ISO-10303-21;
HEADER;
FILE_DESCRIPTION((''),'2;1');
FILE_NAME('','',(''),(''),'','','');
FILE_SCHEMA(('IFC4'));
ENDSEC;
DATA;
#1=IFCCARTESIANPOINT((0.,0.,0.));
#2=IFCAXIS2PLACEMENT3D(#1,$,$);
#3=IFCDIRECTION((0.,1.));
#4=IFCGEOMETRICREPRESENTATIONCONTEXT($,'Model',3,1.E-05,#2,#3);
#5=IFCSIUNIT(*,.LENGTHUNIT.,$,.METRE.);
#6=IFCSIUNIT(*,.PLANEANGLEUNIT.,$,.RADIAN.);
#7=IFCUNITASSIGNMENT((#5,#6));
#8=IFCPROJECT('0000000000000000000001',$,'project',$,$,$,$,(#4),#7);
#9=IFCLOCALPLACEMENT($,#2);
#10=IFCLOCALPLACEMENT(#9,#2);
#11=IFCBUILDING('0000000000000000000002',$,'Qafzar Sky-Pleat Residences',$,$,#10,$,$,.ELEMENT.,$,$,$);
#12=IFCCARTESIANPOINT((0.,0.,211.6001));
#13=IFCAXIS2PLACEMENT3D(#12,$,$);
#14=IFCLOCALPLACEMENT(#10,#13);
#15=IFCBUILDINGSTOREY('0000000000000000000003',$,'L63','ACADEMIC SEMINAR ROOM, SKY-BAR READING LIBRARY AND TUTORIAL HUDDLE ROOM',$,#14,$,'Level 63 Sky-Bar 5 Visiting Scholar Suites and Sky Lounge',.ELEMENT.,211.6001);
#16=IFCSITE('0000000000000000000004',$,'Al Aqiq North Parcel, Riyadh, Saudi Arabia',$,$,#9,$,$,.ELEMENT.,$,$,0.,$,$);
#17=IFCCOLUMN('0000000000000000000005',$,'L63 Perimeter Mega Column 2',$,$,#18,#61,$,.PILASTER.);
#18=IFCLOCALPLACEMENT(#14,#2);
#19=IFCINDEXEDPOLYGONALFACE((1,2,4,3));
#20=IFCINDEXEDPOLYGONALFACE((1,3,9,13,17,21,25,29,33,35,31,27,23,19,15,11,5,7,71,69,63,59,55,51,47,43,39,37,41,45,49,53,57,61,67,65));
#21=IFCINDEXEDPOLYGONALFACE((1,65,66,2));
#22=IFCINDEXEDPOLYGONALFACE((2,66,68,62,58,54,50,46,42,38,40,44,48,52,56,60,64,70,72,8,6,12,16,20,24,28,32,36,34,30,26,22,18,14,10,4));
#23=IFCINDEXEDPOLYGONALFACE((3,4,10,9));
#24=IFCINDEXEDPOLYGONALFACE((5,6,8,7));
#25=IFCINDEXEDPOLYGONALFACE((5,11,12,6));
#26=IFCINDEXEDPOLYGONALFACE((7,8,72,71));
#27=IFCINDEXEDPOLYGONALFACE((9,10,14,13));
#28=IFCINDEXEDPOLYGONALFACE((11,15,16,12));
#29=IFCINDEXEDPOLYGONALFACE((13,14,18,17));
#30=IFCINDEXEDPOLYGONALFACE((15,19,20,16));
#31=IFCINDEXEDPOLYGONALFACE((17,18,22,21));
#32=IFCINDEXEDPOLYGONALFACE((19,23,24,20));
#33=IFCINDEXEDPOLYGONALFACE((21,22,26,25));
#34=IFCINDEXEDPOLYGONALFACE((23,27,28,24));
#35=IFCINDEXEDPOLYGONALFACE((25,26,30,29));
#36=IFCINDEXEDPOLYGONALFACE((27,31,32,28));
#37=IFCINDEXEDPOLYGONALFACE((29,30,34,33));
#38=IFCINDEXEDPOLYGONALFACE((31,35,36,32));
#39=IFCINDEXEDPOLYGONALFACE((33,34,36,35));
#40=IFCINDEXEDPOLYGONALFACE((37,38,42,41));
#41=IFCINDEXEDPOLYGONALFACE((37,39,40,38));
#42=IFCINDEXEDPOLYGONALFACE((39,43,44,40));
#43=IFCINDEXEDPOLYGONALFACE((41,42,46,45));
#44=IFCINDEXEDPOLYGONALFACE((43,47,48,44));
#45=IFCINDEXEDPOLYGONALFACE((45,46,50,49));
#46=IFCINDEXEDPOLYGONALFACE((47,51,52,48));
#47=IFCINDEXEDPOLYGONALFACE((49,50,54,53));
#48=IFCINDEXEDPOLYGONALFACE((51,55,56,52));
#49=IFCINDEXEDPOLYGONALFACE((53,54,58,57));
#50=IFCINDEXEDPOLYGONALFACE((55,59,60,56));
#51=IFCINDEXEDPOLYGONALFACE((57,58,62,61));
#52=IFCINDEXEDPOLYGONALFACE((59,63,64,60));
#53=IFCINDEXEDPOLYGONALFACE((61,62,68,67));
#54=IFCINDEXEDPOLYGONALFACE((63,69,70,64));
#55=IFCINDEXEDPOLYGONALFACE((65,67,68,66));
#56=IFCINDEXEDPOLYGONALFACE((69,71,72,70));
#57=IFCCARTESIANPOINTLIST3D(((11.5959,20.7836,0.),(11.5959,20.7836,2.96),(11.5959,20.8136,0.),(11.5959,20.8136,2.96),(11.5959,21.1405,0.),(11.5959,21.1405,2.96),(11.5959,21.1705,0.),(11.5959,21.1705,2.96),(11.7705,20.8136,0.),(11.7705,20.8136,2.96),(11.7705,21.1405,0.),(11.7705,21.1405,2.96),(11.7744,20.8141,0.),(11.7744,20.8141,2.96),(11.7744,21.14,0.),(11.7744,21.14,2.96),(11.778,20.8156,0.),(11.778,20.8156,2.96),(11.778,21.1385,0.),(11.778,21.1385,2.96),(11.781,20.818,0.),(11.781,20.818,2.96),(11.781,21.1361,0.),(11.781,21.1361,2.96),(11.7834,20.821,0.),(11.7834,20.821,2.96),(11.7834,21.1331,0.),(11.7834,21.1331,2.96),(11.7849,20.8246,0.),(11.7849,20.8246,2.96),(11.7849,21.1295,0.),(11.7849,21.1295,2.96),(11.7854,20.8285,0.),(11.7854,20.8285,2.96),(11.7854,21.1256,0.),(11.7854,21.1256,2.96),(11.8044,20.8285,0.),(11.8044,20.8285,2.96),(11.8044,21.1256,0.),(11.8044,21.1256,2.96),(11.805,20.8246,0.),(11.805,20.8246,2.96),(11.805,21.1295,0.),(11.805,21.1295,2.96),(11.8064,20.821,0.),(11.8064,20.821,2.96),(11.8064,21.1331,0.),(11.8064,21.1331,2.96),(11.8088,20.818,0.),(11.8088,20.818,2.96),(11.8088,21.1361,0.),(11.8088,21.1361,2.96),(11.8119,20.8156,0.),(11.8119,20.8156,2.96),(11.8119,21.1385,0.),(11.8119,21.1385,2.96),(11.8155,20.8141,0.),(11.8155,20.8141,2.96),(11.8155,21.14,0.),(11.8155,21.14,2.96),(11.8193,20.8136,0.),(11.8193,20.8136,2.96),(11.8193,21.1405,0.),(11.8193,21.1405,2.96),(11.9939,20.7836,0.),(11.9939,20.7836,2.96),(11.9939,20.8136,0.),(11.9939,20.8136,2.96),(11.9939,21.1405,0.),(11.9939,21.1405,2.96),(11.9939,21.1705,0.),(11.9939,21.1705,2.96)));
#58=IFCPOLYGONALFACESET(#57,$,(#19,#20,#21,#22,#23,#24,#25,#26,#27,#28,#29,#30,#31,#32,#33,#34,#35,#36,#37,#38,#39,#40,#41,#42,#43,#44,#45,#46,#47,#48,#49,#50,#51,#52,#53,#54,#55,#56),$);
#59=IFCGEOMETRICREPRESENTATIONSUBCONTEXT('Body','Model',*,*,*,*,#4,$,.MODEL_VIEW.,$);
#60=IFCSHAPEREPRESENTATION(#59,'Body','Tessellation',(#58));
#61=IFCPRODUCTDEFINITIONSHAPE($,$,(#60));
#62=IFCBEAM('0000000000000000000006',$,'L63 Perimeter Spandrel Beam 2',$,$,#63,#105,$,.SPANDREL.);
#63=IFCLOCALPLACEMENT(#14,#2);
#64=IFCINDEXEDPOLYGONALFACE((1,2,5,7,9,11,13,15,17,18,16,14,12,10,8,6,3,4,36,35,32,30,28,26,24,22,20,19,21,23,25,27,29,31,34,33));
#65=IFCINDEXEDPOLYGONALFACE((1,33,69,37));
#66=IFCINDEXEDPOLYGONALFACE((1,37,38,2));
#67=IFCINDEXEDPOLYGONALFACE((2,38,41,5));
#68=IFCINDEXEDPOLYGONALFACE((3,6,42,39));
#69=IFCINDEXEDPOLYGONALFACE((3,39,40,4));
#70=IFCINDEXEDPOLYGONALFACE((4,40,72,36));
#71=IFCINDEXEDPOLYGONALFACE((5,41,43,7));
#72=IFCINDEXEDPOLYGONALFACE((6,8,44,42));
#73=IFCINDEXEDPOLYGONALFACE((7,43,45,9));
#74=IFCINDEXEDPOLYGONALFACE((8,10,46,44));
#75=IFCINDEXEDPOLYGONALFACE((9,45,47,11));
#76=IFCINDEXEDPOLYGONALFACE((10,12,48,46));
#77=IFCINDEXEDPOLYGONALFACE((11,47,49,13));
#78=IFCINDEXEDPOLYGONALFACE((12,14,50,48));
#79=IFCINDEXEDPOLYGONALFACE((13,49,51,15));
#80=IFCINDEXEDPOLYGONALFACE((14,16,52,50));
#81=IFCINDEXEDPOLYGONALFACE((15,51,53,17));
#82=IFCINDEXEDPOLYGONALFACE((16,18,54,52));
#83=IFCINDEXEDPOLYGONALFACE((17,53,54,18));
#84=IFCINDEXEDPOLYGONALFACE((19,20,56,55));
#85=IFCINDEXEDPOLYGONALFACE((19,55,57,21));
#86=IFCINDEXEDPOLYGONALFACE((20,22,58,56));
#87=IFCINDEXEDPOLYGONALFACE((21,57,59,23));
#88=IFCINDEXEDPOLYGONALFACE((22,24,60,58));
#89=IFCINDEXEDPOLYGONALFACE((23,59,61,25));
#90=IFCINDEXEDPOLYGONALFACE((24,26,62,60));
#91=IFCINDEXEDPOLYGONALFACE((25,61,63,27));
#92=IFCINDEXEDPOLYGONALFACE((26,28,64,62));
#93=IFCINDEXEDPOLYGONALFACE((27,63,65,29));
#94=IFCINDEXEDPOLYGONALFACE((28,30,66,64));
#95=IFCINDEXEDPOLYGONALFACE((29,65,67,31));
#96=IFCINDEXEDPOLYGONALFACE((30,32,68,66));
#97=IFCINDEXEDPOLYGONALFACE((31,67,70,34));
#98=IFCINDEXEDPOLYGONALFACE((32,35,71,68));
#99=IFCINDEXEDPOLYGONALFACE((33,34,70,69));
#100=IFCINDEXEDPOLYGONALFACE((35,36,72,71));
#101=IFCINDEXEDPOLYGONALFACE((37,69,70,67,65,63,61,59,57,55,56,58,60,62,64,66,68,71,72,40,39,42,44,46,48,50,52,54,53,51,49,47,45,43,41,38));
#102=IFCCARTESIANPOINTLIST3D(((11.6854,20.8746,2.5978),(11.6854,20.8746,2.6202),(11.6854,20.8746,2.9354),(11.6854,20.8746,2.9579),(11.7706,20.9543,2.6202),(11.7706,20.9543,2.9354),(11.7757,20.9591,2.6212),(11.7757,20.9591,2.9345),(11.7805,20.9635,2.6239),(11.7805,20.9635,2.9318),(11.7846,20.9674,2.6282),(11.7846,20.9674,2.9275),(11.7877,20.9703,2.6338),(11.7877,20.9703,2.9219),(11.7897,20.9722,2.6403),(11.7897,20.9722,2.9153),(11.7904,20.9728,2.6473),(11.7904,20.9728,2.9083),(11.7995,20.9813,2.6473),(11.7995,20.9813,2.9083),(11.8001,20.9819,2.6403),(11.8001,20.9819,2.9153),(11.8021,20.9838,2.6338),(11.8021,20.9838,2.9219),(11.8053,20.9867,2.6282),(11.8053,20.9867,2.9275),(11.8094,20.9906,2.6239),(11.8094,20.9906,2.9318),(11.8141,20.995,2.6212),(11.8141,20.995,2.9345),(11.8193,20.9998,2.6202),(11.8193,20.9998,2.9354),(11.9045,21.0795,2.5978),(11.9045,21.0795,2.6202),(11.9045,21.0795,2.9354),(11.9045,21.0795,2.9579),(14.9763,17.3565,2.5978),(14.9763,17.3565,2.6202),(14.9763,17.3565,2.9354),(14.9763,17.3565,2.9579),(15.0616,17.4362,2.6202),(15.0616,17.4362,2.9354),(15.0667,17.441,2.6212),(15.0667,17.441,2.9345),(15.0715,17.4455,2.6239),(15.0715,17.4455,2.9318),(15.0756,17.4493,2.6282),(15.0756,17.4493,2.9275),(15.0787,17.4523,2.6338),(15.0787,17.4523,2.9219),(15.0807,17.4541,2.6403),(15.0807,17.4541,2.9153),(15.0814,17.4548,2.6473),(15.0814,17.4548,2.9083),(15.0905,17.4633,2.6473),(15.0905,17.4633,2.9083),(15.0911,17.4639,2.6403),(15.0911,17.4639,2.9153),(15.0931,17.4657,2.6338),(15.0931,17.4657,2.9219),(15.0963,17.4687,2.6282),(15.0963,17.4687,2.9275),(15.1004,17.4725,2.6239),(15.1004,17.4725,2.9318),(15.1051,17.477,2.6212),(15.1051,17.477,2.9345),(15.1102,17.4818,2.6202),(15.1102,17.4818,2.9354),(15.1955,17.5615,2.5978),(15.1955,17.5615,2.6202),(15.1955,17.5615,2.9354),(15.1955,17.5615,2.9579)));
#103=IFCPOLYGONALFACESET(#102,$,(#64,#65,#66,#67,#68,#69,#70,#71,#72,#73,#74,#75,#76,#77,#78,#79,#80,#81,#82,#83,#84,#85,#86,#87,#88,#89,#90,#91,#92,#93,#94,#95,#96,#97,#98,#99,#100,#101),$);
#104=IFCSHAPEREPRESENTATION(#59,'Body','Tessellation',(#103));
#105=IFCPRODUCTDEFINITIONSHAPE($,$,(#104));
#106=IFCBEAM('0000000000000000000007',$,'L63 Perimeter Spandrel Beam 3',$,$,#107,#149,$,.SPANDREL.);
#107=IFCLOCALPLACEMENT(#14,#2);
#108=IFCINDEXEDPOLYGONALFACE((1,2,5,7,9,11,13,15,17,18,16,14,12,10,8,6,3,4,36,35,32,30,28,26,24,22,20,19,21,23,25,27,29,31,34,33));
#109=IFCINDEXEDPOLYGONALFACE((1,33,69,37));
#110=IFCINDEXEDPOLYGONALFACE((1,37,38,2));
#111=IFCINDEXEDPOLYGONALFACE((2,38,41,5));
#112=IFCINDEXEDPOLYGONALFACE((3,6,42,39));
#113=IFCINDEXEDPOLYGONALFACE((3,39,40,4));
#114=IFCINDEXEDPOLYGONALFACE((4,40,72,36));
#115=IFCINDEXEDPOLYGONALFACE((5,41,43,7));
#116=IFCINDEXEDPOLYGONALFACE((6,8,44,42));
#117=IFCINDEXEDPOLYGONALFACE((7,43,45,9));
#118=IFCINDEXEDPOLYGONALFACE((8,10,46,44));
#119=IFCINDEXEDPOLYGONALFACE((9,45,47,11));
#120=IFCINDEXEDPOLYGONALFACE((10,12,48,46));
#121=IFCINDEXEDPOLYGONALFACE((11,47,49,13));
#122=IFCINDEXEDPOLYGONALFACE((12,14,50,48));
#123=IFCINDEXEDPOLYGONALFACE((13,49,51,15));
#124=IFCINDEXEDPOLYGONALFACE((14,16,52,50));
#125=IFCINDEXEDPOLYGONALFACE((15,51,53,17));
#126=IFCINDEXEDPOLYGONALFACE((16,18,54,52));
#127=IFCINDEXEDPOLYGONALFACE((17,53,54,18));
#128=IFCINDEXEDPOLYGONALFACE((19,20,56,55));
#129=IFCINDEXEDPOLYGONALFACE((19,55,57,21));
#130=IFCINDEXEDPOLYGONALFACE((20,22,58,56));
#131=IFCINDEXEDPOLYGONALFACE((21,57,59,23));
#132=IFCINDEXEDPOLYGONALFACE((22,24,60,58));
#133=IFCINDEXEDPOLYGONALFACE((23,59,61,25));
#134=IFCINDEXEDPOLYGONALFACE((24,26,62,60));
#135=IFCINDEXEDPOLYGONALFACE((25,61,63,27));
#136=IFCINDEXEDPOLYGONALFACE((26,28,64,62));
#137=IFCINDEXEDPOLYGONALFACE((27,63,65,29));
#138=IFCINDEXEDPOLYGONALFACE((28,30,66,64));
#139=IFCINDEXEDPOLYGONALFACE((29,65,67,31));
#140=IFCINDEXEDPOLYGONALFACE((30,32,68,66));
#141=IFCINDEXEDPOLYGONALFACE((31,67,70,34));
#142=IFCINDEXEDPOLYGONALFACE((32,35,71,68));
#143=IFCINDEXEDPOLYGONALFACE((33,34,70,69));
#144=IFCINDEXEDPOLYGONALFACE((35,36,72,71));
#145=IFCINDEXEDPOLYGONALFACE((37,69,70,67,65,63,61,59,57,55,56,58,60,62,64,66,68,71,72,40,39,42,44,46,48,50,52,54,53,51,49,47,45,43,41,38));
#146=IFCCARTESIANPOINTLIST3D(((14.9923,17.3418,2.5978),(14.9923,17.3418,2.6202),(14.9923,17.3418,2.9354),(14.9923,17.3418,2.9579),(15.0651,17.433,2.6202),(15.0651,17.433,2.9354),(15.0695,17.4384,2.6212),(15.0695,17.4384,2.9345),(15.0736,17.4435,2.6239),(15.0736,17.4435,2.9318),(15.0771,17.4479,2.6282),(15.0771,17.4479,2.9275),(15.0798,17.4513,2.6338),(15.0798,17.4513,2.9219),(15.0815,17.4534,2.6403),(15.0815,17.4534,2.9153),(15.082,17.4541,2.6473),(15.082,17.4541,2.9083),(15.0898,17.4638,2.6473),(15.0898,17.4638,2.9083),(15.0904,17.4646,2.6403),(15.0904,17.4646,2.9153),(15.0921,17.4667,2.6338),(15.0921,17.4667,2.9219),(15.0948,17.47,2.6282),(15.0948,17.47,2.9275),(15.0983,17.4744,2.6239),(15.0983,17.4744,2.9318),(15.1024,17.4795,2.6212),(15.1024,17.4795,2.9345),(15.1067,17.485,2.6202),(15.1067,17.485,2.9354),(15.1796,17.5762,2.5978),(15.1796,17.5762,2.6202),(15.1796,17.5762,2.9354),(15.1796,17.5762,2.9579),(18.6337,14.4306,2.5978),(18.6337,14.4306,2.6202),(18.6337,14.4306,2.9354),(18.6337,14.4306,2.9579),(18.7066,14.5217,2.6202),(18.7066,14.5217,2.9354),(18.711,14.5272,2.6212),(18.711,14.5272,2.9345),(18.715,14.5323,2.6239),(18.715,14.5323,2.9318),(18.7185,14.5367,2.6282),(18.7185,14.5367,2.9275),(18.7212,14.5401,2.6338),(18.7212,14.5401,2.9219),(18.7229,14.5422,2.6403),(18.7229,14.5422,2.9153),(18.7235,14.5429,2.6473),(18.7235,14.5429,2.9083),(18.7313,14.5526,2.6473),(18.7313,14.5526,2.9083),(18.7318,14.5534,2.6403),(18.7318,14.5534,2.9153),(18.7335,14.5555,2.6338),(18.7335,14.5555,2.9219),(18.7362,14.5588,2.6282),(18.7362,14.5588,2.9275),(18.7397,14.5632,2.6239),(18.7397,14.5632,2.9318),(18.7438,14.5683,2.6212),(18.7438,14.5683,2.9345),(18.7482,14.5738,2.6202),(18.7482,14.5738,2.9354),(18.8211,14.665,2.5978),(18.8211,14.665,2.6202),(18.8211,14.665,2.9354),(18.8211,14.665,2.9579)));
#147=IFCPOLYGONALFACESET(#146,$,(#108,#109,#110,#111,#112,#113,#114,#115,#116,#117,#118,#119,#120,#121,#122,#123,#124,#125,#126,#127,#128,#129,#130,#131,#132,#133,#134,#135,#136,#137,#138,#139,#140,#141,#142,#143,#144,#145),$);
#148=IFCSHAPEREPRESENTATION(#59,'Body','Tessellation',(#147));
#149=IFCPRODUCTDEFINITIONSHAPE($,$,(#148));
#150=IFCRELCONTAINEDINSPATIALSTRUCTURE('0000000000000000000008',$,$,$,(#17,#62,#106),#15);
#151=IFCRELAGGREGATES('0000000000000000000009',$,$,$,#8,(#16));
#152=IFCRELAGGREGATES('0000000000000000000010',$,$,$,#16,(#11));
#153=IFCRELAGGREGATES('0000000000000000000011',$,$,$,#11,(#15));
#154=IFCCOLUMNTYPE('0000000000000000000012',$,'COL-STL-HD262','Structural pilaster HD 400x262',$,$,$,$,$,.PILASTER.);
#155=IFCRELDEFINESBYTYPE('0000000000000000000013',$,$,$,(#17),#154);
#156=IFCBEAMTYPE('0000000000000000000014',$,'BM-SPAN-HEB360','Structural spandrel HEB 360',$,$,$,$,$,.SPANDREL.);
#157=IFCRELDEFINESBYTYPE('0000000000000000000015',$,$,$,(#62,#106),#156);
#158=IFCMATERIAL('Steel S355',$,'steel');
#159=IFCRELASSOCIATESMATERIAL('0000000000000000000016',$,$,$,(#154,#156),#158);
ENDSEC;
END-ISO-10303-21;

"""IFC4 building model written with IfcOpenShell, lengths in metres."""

from ifc_helpers import new_model, si_unit, direction, frame, origin, origin_2d, place, context, subcontext, project, spatial, i_section, extrude, source, transform, mapped, material, material_profile, profile_set, type_object, element, save


model = new_model("IFC4")

# Units and contexts
model_context = context("Model", 3, precision=1e-05, world=origin(), true_north=direction((0.0, 1.0)))
body_context = subcontext(model_context, "Body", "Model", "MODEL_VIEW")
ifc_project = project(units=[si_unit("LENGTHUNIT", "METRE"), si_unit("PLANEANGLEUNIT", "RADIAN")], contexts=[model_context])

# Site, building, storey
site_placement = place(None, origin())
site = spatial("IfcSite", under=ifc_project, at=site_placement, Name="Al Aqiq North Parcel, Riyadh, Saudi Arabia", CompositionType="ELEMENT", RefElevation=0.0)
building_placement = place(site_placement, origin())
building = spatial("IfcBuilding", under=site, at=building_placement, Name="Qafzar Sky-Pleat Residences", CompositionType="ELEMENT")
storey_placement = place(building_placement, frame((0.0, 0.0, 211.6001)))
storey = spatial("IfcBuildingStorey", under=building, at=storey_placement, Name="L63", Description="ACADEMIC SEMINAR ROOM, SKY-BAR READING LIBRARY AND TUTORIAL HUDDLE ROOM", LongName="Level 63 Sky-Bar 5 Visiting Scholar Suites and Sky Lounge", CompositionType="ELEMENT", Elevation=211.6001)

# Column
ifc_material_1 = material(Name="Steel S355", Category="steel")
ifc_material_profile_1 = material_profile(ifc_material_1, i_section(OverallWidth=0.3979, OverallDepth=0.387, WebThickness=0.019, FlangeThickness=0.03, FilletRadius=0.0149, at=origin_2d()), Name="HD 400x262")
ifc_profile_set_1 = profile_set([ifc_material_profile_1], Name="Steel S355")
column_type = type_object("IfcColumnType", Name="COL-STL-HD262", Description="Structural pilaster HD 400x262", PredefinedType="PILASTER", material=ifc_profile_set_1)
shared_shape_1 = source(origin(), body_context, "Body", "SweptSolid", [
    extrude(i_section(OverallWidth=0.3979, OverallDepth=0.387, WebThickness=0.019, FlangeThickness=0.03, FilletRadius=0.0149, at=origin_2d()), origin(), (0.0, 0.0, 1.0), 2.96),
])
column_placement = place(storey_placement, frame((11.7949, 20.9771, 0.0), z_axis=(0.0, 0.0, 1.0), x_axis=(1.0, 0.0, 0.0)))
element("IfcColumn", 1, at=column_placement, inside=storey, type_object=column_type, Name="L63 Perimeter Mega Column 2", PredefinedType="PILASTER", context=body_context, shape_type="MappedRepresentation", body=[
    mapped(shared_shape_1, transform((0.0, 0.0, 0.0), x_axis=(1.0, 0.0, 0.0), y_axis=(0.0, 1.0, 0.0), z_axis=(0.0, 0.0, 1.0), scale=1.0)),
])

# Beams
ifc_material_profile_2 = material_profile(ifc_material_1, i_section(OverallWidth=0.3, OverallDepth=0.3601, WebThickness=0.0125, FlangeThickness=0.0225, FilletRadius=0.0271, at=origin_2d()), Name="HEB 360")
ifc_profile_set_2 = profile_set([ifc_material_profile_2], Name="Steel S355")
beam_type_1 = type_object("IfcBeamType", Name="BM-SPAN-HEB360", Description="Structural spandrel HEB 360", PredefinedType="SPANDREL", material=ifc_profile_set_2)
shared_shape_2 = source(origin(), body_context, "Body", "SweptSolid", [
    extrude(i_section(OverallWidth=0.3, OverallDepth=0.3601, WebThickness=0.0125, FlangeThickness=0.0225, FilletRadius=0.0271, at=origin_2d()), origin(), (0.0, 0.0, 1.0), 4.8174),
])
beam_1_placement = place(storey_placement, frame((11.7949, 20.9771, 2.7778), z_axis=(0.683148, -0.73028, 0.0), x_axis=(0.73028, 0.683148, 0.0)))
element("IfcBeam", 2, at=beam_1_placement, inside=storey, type_object=beam_type_1, Name="L63 Perimeter Spandrel Beam 2", PredefinedType="SPANDREL", context=body_context, shape_type="MappedRepresentation", body=[
    mapped(shared_shape_2, transform((0.0, 0.0, 0.0), x_axis=(1.0, 0.0, 0.0), y_axis=(0.0, 1.0, 0.0), z_axis=(0.0, 0.0, 1.0), scale=1.0)),
])
shared_shape_3 = source(origin(), body_context, "Body", "SweptSolid", [
    extrude(i_section(OverallWidth=0.3, OverallDepth=0.3601, WebThickness=0.0125, FlangeThickness=0.0225, FilletRadius=0.0271, at=origin_2d()), origin(), (0.0, 0.0, 1.0), 4.6621),
])
beam_2_placement = place(storey_placement, frame((15.0859, 17.459, 2.7778), z_axis=(0.781073, -0.62444, 0.0), x_axis=(0.62444, 0.781073, 0.0)))
element("IfcBeam", 3, at=beam_2_placement, inside=storey, type_object=beam_type_1, Name="L63 Perimeter Spandrel Beam 3", PredefinedType="SPANDREL", context=body_context, shape_type="MappedRepresentation", body=[
    mapped(shared_shape_3, transform((0.0, 0.0, 0.0), x_axis=(1.0, 0.0, 0.0), y_axis=(0.0, 1.0, 0.0), z_axis=(0.0, 0.0, 1.0), scale=1.0)),
])

save(model, "model.ifc")
